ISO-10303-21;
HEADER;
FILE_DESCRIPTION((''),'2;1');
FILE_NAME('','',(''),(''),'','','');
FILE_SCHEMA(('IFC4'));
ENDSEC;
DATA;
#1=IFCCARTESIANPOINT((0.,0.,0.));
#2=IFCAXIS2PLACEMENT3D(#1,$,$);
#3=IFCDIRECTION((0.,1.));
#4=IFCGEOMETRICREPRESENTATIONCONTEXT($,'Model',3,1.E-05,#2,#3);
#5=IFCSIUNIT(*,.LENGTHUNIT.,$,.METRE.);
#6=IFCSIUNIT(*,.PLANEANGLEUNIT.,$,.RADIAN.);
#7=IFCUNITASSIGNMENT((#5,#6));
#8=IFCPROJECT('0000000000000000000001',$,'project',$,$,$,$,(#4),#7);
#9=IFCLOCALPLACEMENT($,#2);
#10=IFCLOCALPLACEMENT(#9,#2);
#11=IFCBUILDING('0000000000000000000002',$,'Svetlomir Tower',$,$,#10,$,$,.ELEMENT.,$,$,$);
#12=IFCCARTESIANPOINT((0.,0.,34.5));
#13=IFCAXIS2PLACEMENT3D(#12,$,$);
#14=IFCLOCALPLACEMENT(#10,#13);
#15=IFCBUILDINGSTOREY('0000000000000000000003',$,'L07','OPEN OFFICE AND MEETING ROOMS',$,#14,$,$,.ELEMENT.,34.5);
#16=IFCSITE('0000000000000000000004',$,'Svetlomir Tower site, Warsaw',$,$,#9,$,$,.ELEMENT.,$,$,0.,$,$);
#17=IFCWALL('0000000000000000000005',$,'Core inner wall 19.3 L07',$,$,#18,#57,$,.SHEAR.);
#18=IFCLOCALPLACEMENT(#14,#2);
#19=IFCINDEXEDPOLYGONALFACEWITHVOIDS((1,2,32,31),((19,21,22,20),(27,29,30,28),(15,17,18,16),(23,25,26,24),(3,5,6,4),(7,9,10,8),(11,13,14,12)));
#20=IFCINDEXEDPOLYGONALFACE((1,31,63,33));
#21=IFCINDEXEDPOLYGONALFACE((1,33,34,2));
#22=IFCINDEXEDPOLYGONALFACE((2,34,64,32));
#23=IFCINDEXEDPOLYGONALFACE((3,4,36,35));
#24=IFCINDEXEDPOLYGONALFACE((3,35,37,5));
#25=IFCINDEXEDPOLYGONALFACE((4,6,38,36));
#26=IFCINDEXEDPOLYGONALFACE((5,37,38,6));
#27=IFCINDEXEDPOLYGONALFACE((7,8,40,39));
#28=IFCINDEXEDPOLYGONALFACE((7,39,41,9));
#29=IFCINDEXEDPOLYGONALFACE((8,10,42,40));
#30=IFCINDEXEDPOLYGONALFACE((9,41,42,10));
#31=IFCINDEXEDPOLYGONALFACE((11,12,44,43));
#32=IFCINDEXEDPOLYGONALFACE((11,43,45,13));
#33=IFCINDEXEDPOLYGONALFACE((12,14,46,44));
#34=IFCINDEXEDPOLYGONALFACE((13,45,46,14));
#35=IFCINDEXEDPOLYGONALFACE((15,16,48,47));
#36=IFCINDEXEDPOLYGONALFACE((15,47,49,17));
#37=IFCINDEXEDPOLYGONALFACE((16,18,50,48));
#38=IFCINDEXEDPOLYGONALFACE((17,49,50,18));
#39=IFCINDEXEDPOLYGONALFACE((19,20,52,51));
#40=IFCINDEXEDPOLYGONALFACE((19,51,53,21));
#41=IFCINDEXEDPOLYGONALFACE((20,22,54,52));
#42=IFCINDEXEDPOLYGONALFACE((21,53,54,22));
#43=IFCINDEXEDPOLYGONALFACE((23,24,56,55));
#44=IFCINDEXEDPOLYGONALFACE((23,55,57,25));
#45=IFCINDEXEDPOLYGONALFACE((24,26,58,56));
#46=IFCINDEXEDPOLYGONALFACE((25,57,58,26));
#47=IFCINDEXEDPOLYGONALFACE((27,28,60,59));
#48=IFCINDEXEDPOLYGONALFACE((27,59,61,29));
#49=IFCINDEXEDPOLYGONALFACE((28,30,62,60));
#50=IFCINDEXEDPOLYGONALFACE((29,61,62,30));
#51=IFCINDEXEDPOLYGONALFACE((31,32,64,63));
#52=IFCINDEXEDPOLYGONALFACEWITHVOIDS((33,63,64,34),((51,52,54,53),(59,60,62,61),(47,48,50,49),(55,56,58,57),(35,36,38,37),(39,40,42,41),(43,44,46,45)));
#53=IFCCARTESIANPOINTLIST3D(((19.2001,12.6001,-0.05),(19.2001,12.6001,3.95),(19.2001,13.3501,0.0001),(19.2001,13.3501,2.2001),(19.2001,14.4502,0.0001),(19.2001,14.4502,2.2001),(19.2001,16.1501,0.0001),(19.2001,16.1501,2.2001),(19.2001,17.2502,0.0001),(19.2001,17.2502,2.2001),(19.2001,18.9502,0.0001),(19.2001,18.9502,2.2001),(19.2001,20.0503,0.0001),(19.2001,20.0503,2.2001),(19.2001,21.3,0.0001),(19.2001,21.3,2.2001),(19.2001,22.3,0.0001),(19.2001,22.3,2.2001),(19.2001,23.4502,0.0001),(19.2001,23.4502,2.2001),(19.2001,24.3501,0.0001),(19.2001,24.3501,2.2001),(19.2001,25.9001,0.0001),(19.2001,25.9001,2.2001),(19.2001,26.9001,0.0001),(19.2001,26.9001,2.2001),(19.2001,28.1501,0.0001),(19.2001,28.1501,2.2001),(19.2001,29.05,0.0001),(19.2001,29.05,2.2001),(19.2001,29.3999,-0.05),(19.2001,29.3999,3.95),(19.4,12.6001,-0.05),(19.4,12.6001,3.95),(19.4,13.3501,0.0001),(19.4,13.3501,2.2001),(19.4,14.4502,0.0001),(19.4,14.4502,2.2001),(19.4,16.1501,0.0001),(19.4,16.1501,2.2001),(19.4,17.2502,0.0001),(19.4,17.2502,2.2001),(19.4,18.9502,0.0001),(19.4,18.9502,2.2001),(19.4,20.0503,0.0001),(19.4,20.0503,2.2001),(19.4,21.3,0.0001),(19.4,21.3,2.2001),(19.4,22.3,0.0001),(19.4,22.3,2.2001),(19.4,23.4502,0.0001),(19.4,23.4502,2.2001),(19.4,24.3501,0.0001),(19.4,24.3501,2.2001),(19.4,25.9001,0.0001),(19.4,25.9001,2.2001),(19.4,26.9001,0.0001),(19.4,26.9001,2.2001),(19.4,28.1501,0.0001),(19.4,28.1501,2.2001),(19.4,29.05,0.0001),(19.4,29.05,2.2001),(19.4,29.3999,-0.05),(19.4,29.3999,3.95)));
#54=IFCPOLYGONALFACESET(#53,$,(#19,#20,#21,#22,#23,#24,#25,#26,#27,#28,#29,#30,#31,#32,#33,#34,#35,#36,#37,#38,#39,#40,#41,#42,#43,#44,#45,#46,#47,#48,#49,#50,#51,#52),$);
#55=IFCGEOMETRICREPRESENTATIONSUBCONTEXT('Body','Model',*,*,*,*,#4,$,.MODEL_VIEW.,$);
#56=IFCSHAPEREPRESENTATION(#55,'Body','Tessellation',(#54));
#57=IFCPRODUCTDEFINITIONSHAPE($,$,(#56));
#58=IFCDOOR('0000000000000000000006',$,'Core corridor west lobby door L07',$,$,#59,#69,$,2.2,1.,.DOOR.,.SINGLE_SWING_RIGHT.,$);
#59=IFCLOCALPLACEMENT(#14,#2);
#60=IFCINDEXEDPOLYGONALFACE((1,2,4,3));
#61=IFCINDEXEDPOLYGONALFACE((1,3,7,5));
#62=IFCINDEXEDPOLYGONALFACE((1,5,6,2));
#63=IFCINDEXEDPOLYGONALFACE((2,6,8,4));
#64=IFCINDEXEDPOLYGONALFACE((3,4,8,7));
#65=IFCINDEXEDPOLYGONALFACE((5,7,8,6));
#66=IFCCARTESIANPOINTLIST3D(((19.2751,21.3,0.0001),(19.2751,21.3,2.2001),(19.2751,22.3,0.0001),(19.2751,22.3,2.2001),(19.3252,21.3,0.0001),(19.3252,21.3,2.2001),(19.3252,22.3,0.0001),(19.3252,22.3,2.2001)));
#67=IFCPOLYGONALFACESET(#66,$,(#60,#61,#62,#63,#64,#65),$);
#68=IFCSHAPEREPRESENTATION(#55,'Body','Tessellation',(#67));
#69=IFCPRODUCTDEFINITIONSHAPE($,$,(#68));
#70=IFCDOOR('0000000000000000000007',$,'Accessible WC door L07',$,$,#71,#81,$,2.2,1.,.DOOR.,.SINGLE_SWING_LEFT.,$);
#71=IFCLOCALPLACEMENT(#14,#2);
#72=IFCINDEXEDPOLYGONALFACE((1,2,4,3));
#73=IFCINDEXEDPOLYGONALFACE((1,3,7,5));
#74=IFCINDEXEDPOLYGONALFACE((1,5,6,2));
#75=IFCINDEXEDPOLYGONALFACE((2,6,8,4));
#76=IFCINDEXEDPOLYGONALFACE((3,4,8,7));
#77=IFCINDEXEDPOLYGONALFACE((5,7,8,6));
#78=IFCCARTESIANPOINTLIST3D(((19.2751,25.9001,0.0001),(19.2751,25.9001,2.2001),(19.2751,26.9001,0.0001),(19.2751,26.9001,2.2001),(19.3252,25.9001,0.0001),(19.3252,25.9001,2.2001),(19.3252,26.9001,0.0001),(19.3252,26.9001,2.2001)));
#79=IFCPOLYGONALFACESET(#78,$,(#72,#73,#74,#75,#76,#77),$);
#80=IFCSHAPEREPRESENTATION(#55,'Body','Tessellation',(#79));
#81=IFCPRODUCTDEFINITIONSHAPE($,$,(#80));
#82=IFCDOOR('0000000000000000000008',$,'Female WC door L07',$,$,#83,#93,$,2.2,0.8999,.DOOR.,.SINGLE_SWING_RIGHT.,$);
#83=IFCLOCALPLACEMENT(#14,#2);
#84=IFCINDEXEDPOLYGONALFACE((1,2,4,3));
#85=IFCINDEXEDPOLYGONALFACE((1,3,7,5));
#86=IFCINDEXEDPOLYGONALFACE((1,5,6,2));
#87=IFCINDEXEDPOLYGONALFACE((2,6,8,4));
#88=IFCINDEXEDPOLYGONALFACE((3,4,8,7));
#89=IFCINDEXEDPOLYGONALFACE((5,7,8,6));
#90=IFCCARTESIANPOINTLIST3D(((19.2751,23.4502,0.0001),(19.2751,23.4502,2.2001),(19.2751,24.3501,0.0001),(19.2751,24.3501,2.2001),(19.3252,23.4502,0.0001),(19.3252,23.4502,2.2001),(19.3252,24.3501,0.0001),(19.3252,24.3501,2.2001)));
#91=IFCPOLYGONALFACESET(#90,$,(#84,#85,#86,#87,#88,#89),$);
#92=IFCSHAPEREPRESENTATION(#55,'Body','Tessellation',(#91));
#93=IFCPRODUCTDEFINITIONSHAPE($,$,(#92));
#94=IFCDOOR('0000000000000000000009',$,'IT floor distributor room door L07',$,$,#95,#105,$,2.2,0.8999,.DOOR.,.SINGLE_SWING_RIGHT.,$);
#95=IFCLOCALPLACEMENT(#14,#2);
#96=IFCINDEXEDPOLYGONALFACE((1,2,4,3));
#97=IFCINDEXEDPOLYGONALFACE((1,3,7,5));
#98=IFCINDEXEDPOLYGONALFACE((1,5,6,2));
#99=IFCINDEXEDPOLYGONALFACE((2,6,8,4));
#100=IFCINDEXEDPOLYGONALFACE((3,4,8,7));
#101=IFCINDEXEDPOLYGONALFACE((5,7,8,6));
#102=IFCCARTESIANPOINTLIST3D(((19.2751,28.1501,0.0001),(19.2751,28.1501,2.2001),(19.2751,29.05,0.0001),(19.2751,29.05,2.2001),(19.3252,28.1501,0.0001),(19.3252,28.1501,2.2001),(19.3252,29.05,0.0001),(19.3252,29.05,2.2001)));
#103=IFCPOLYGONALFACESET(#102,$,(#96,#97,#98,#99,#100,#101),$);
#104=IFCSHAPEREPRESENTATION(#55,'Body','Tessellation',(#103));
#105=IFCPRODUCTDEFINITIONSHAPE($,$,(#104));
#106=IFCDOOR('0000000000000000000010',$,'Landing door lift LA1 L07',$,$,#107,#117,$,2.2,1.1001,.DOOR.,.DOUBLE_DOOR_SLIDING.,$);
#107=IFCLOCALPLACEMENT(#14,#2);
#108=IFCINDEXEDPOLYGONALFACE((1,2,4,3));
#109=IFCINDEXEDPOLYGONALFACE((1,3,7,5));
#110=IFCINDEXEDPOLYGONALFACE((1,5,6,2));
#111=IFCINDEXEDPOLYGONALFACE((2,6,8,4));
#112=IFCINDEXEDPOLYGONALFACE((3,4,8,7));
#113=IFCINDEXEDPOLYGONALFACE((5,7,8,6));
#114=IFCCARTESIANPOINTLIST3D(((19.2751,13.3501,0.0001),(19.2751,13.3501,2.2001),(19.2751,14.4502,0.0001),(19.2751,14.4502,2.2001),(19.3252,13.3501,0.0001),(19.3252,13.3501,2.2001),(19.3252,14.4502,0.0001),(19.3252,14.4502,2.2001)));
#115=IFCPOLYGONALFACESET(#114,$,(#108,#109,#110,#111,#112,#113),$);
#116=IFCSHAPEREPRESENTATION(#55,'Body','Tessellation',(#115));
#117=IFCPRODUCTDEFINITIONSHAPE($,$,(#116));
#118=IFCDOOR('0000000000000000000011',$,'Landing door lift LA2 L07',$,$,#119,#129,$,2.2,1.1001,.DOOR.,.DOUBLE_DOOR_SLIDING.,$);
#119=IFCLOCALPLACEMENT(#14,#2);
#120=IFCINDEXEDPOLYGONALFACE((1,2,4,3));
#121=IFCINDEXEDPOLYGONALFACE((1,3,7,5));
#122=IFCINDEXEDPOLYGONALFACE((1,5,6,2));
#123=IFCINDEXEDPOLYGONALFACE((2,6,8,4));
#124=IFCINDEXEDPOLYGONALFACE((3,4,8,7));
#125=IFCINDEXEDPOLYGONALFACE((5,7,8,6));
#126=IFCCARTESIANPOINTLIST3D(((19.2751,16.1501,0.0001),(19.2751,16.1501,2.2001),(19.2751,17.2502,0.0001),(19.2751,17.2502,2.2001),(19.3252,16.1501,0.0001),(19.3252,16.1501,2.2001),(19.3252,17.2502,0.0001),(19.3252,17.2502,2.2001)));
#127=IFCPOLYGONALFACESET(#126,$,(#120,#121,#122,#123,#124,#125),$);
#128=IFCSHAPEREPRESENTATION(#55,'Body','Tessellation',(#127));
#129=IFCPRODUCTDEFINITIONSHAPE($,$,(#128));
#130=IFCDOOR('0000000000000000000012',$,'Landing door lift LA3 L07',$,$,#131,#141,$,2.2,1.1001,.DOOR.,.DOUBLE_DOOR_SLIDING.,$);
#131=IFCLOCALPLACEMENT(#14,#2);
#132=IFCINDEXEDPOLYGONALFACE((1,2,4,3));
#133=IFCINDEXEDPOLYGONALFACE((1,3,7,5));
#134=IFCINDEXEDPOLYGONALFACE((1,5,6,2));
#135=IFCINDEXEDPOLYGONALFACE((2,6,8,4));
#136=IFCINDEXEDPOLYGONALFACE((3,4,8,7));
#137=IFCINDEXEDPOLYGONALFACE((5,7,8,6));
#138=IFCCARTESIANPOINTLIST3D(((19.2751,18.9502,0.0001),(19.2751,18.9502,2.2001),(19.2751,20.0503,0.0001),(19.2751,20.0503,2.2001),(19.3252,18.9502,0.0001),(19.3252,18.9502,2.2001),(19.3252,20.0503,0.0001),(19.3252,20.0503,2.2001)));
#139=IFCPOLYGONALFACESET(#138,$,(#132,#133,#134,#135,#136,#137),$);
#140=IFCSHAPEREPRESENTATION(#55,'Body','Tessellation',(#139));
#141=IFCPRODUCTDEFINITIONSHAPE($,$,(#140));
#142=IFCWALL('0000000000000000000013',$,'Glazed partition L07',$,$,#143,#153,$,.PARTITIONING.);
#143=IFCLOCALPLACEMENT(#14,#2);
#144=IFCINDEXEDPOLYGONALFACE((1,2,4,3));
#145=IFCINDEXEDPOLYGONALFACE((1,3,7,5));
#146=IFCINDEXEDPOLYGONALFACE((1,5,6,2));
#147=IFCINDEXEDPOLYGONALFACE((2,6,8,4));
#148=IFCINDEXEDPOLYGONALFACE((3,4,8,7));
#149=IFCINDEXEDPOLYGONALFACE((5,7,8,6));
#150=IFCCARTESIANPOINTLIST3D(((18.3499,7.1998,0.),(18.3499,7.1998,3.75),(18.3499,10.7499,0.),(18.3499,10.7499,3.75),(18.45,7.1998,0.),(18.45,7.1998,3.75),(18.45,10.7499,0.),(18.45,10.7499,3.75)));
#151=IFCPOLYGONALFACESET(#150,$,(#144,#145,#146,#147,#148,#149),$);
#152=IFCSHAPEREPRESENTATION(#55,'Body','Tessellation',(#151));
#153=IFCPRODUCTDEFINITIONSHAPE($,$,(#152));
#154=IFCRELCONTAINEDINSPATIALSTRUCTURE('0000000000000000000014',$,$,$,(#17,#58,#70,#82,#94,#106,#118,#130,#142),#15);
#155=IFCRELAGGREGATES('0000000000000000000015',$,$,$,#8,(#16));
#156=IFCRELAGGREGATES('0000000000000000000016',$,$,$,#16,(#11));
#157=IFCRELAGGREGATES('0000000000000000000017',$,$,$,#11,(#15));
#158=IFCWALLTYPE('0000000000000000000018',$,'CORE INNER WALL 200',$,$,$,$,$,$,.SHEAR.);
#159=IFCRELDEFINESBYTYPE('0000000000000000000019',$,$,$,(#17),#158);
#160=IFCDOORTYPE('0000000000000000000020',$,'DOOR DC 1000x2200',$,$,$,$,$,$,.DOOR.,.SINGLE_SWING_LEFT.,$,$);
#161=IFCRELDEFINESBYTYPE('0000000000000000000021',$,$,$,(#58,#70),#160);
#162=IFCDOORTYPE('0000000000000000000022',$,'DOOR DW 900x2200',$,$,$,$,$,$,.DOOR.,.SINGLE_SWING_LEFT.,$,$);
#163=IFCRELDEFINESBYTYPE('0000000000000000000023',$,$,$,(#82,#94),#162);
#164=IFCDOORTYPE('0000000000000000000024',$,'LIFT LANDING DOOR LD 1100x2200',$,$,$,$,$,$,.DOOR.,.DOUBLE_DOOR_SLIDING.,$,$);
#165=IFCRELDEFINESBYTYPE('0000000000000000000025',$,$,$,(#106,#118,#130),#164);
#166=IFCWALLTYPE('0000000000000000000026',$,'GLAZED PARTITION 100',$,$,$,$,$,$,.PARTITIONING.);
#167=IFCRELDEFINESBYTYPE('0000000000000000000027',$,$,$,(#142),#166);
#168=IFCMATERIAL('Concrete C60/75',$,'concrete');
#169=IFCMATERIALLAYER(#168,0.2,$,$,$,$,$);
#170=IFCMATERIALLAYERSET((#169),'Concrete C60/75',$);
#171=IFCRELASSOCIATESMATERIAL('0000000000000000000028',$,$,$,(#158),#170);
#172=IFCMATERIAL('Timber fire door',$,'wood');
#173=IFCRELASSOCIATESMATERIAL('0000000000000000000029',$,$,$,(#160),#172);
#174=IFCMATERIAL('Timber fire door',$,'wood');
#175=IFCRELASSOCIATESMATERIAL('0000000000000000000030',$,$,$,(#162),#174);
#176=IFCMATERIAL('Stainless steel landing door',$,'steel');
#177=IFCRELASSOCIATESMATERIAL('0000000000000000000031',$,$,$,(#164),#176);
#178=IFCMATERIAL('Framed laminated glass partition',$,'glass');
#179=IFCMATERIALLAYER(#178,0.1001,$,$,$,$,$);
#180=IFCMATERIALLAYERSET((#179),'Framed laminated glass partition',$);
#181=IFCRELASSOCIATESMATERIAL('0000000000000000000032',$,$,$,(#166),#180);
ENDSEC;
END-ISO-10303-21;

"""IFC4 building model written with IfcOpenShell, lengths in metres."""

from ifc_helpers import new_model, si_unit, direction, frame, frame_2d, origin, place, context, subcontext, project, spatial, rectangle, extrude, material, layer, layer_set, type_object, element, fill, save


model = new_model("IFC4")

# Units and contexts
model_context = context("Model", 3, precision=1e-05, world=origin(), true_north=direction((0.0, 1.0)))
body_context = subcontext(model_context, "Body", "Model", "MODEL_VIEW")
ifc_project = project(units=[si_unit("LENGTHUNIT", "METRE"), si_unit("PLANEANGLEUNIT", "RADIAN")], contexts=[model_context])

# Site, building, storey
site_placement = place(None, origin())
site = spatial("IfcSite", under=ifc_project, at=site_placement, Name="Svetlomir Tower site, Warsaw", CompositionType="ELEMENT", RefElevation=0.0)
building_placement = place(site_placement, origin())
building = spatial("IfcBuilding", under=site, at=building_placement, Name="Svetlomir Tower", CompositionType="ELEMENT")
storey_placement = place(building_placement, frame((0.0, 0.0, 34.5)))
storey = spatial("IfcBuildingStorey", under=building, at=storey_placement, Name="L07", Description="OPEN OFFICE AND MEETING ROOMS", CompositionType="ELEMENT", Elevation=34.5)

# Shared definitions
ifc_material_1 = material(Name="Concrete C60/75", Category="concrete")
ifc_layer_1 = layer(ifc_material_1, 0.2)
ifc_layer_set_1 = layer_set([ifc_layer_1], Name="Concrete C60/75")
wall_type_1 = type_object("IfcWallType", Name="CORE INNER WALL 200", PredefinedType="SHEAR", material=ifc_layer_set_1)

# Wall, openings, doors
wall_1_placement = place(storey_placement, frame((19.3, 12.6001, -0.05), z_axis=(0.0, 0.0, 1.0), x_axis=(0.0, 1.0, 0.0)))
wall_1 = element("IfcWall", 1, at=wall_1_placement, inside=storey, type_object=wall_type_1, Name="Core inner wall 19.3 L07", PredefinedType="SHEAR", context=body_context, shape_type="SweptSolid", body=[
    extrude(rectangle(XDim=16.7998, YDim=0.2, at=frame_2d((8.3999, 0.0))), origin(), (0.0, 0.0, 1.0), 4.0),
])
opening_1_placement = place(wall_1_placement, frame((8.7, 0.0, 0.05)))
opening_1 = element("IfcOpeningElement", 2, at=opening_1_placement, cuts=wall_1, PredefinedType="OPENING", context=body_context, shape_type="SweptSolid", body=[
    extrude(rectangle(XDim=1.0, YDim=2.2, at=frame_2d((0.5, 1.1001))), frame((0.0, 0.1099, 0.0), z_axis=(0.0, -1.0, 0.0), x_axis=(1.0, 0.0, 0.0)), (0.0, 0.0, 1.0), 0.22),
])
opening_2_placement = place(wall_1_placement, frame((10.8501, 0.0, 0.05)))
opening_2 = element("IfcOpeningElement", 3, at=opening_2_placement, cuts=wall_1, PredefinedType="OPENING", context=body_context, shape_type="SweptSolid", body=[
    extrude(rectangle(XDim=0.8999, YDim=2.2, at=frame_2d((0.45, 1.1001))), frame((0.0, 0.1099, 0.0), z_axis=(0.0, -1.0, 0.0), x_axis=(1.0, 0.0, 0.0)), (0.0, 0.0, 1.0), 0.22),
])
opening_3_placement = place(wall_1_placement, frame((13.3, 0.0, 0.05)))
opening_3 = element("IfcOpeningElement", 4, at=opening_3_placement, cuts=wall_1, PredefinedType="OPENING", context=body_context, shape_type="SweptSolid", body=[
    extrude(rectangle(XDim=1.0, YDim=2.2, at=frame_2d((0.5, 1.1001))), frame((0.0, 0.1099, 0.0), z_axis=(0.0, -1.0, 0.0), x_axis=(1.0, 0.0, 0.0)), (0.0, 0.0, 1.0), 0.22),
])
opening_4_placement = place(wall_1_placement, frame((15.55, 0.0, 0.05)))
opening_4 = element("IfcOpeningElement", 5, at=opening_4_placement, cuts=wall_1, PredefinedType="OPENING", context=body_context, shape_type="SweptSolid", body=[
    extrude(rectangle(XDim=0.8999, YDim=2.2, at=frame_2d((0.45, 1.1001))), frame((0.0, 0.1099, 0.0), z_axis=(0.0, -1.0, 0.0), x_axis=(1.0, 0.0, 0.0)), (0.0, 0.0, 1.0), 0.22),
])
opening_5_placement = place(wall_1_placement, frame((0.75, 0.0, 0.05)))
opening_5 = element("IfcOpeningElement", 6, at=opening_5_placement, cuts=wall_1, PredefinedType="OPENING", context=body_context, shape_type="SweptSolid", body=[
    extrude(rectangle(XDim=1.1001, YDim=2.2, at=frame_2d((0.55, 1.1001))), frame((0.0, 0.1099, 0.0), z_axis=(0.0, -1.0, 0.0), x_axis=(1.0, 0.0, 0.0)), (0.0, 0.0, 1.0), 0.22),
])
opening_6_placement = place(wall_1_placement, frame((3.55, 0.0, 0.05)))
opening_6 = element("IfcOpeningElement", 7, at=opening_6_placement, cuts=wall_1, PredefinedType="OPENING", context=body_context, shape_type="SweptSolid", body=[
    extrude(rectangle(XDim=1.1001, YDim=2.2, at=frame_2d((0.55, 1.1001))), frame((0.0, 0.1099, 0.0), z_axis=(0.0, -1.0, 0.0), x_axis=(1.0, 0.0, 0.0)), (0.0, 0.0, 1.0), 0.22),
])
opening_7_placement = place(wall_1_placement, frame((6.3501, 0.0, 0.05)))
opening_7 = element("IfcOpeningElement", 8, at=opening_7_placement, cuts=wall_1, PredefinedType="OPENING", context=body_context, shape_type="SweptSolid", body=[
    extrude(rectangle(XDim=1.1001, YDim=2.2, at=frame_2d((0.55, 1.1001))), frame((0.0, 0.1099, 0.0), z_axis=(0.0, -1.0, 0.0), x_axis=(1.0, 0.0, 0.0)), (0.0, 0.0, 1.0), 0.22),
])
ifc_material_2 = material(Name="Timber fire door", Category="wood")
door_type_1 = type_object("IfcDoorType", Name="DOOR DC 1000x2200", OperationType="SINGLE_SWING_LEFT", PredefinedType="DOOR", material=ifc_material_2)
door_1_placement = place(opening_1_placement, origin())
door_1 = element("IfcDoor", 9, at=door_1_placement, inside=storey, type_object=door_type_1, Name="Core corridor west lobby door L07", OperationType="SINGLE_SWING_RIGHT", OverallHeight=2.2, OverallWidth=1.0, PredefinedType="DOOR", context=body_context, shape_type="SweptSolid", body=[
    extrude(rectangle(XDim=1.0, YDim=2.2, at=frame_2d((0.5, 1.1001))), frame((0.0, 0.0249, 0.0), z_axis=(0.0, -1.0, 0.0), x_axis=(1.0, 0.0, 0.0)), (0.0, 0.0, 1.0), 0.05),
])
fill(opening_1, door_1)
door_2_placement = place(opening_3_placement, origin())
door_2 = element("IfcDoor", 10, at=door_2_placement, inside=storey, type_object=door_type_1, Name="Accessible WC door L07", OperationType="SINGLE_SWING_LEFT", OverallHeight=2.2, OverallWidth=1.0, PredefinedType="DOOR", context=body_context, shape_type="SweptSolid", body=[
    extrude(rectangle(XDim=1.0, YDim=2.2, at=frame_2d((0.5, 1.1001))), frame((0.0, 0.0249, 0.0), z_axis=(0.0, -1.0, 0.0), x_axis=(1.0, 0.0, 0.0)), (0.0, 0.0, 1.0), 0.05),
])
fill(opening_3, door_2)
ifc_material_3 = material(Name="Timber fire door", Category="wood")
door_type_2 = type_object("IfcDoorType", Name="DOOR DW 900x2200", OperationType="SINGLE_SWING_LEFT", PredefinedType="DOOR", material=ifc_material_3)
door_3_placement = place(opening_2_placement, origin())
door_3 = element("IfcDoor", 11, at=door_3_placement, inside=storey, type_object=door_type_2, Name="Female WC door L07", OperationType="SINGLE_SWING_RIGHT", OverallHeight=2.2, OverallWidth=0.8999, PredefinedType="DOOR", context=body_context, shape_type="SweptSolid", body=[
    extrude(rectangle(XDim=0.8999, YDim=2.2, at=frame_2d((0.45, 1.1001))), frame((0.0, 0.0249, 0.0), z_axis=(0.0, -1.0, 0.0), x_axis=(1.0, 0.0, 0.0)), (0.0, 0.0, 1.0), 0.05),
])
fill(opening_2, door_3)
door_4_placement = place(opening_4_placement, origin())
door_4 = element("IfcDoor", 12, at=door_4_placement, inside=storey, type_object=door_type_2, Name="IT floor distributor room door L07", OperationType="SINGLE_SWING_RIGHT", OverallHeight=2.2, OverallWidth=0.8999, PredefinedType="DOOR", context=body_context, shape_type="SweptSolid", body=[
    extrude(rectangle(XDim=0.8999, YDim=2.2, at=frame_2d((0.45, 1.1001))), frame((0.0, 0.0249, 0.0), z_axis=(0.0, -1.0, 0.0), x_axis=(1.0, 0.0, 0.0)), (0.0, 0.0, 1.0), 0.05),
])
fill(opening_4, door_4)
ifc_material_4 = material(Name="Stainless steel landing door", Category="steel")
door_type_3 = type_object("IfcDoorType", Name="LIFT LANDING DOOR LD 1100x2200", OperationType="DOUBLE_DOOR_SLIDING", PredefinedType="DOOR", material=ifc_material_4)
door_5_placement = place(opening_5_placement, origin())
door_5 = element("IfcDoor", 13, at=door_5_placement, inside=storey, type_object=door_type_3, Name="Landing door lift LA1 L07", OperationType="DOUBLE_DOOR_SLIDING", OverallHeight=2.2, OverallWidth=1.1001, PredefinedType="DOOR", context=body_context, shape_type="SweptSolid", body=[
    extrude(rectangle(XDim=1.1001, YDim=2.2, at=frame_2d((0.55, 1.1001))), frame((0.0, 0.0249, 0.0), z_axis=(0.0, -1.0, 0.0), x_axis=(1.0, 0.0, 0.0)), (0.0, 0.0, 1.0), 0.05),
])
fill(opening_5, door_5)
door_6_placement = place(opening_6_placement, origin())
door_6 = element("IfcDoor", 14, at=door_6_placement, inside=storey, type_object=door_type_3, Name="Landing door lift LA2 L07", OperationType="DOUBLE_DOOR_SLIDING", OverallHeight=2.2, OverallWidth=1.1001, PredefinedType="DOOR", context=body_context, shape_type="SweptSolid", body=[
    extrude(rectangle(XDim=1.1001, YDim=2.2, at=frame_2d((0.55, 1.1001))), frame((0.0, 0.0249, 0.0), z_axis=(0.0, -1.0, 0.0), x_axis=(1.0, 0.0, 0.0)), (0.0, 0.0, 1.0), 0.05),
])
fill(opening_6, door_6)
door_7_placement = place(opening_7_placement, origin())
door_7 = element("IfcDoor", 15, at=door_7_placement, inside=storey, type_object=door_type_3, Name="Landing door lift LA3 L07", OperationType="DOUBLE_DOOR_SLIDING", OverallHeight=2.2, OverallWidth=1.1001, PredefinedType="DOOR", context=body_context, shape_type="SweptSolid", body=[
    extrude(rectangle(XDim=1.1001, YDim=2.2, at=frame_2d((0.55, 1.1001))), frame((0.0, 0.0249, 0.0), z_axis=(0.0, -1.0, 0.0), x_axis=(1.0, 0.0, 0.0)), (0.0, 0.0, 1.0), 0.05),
])
fill(opening_7, door_7)

# Wall
ifc_material_5 = material(Name="Framed laminated glass partition", Category="glass")
ifc_layer_2 = layer(ifc_material_5, 0.1001)
ifc_layer_set_2 = layer_set([ifc_layer_2], Name="Framed laminated glass partition")
wall_type_2 = type_object("IfcWallType", Name="GLAZED PARTITION 100", PredefinedType="PARTITIONING", material=ifc_layer_set_2)
wall_2_placement = place(storey_placement, frame((18.3999, 7.2, 0.0), z_axis=(0.0, 0.0, 1.0), x_axis=(0.0, 1.0, 0.0)))
element("IfcWall", 16, at=wall_2_placement, inside=storey, type_object=wall_type_2, Name="Glazed partition L07", PredefinedType="PARTITIONING", context=body_context, shape_type="SweptSolid", body=[
    extrude(rectangle(XDim=3.55, YDim=0.1001, at=frame_2d((1.7749, 0.0))), origin(), (0.0, 0.0, 1.0), 3.75),
])

save(model, "model.ifc")
